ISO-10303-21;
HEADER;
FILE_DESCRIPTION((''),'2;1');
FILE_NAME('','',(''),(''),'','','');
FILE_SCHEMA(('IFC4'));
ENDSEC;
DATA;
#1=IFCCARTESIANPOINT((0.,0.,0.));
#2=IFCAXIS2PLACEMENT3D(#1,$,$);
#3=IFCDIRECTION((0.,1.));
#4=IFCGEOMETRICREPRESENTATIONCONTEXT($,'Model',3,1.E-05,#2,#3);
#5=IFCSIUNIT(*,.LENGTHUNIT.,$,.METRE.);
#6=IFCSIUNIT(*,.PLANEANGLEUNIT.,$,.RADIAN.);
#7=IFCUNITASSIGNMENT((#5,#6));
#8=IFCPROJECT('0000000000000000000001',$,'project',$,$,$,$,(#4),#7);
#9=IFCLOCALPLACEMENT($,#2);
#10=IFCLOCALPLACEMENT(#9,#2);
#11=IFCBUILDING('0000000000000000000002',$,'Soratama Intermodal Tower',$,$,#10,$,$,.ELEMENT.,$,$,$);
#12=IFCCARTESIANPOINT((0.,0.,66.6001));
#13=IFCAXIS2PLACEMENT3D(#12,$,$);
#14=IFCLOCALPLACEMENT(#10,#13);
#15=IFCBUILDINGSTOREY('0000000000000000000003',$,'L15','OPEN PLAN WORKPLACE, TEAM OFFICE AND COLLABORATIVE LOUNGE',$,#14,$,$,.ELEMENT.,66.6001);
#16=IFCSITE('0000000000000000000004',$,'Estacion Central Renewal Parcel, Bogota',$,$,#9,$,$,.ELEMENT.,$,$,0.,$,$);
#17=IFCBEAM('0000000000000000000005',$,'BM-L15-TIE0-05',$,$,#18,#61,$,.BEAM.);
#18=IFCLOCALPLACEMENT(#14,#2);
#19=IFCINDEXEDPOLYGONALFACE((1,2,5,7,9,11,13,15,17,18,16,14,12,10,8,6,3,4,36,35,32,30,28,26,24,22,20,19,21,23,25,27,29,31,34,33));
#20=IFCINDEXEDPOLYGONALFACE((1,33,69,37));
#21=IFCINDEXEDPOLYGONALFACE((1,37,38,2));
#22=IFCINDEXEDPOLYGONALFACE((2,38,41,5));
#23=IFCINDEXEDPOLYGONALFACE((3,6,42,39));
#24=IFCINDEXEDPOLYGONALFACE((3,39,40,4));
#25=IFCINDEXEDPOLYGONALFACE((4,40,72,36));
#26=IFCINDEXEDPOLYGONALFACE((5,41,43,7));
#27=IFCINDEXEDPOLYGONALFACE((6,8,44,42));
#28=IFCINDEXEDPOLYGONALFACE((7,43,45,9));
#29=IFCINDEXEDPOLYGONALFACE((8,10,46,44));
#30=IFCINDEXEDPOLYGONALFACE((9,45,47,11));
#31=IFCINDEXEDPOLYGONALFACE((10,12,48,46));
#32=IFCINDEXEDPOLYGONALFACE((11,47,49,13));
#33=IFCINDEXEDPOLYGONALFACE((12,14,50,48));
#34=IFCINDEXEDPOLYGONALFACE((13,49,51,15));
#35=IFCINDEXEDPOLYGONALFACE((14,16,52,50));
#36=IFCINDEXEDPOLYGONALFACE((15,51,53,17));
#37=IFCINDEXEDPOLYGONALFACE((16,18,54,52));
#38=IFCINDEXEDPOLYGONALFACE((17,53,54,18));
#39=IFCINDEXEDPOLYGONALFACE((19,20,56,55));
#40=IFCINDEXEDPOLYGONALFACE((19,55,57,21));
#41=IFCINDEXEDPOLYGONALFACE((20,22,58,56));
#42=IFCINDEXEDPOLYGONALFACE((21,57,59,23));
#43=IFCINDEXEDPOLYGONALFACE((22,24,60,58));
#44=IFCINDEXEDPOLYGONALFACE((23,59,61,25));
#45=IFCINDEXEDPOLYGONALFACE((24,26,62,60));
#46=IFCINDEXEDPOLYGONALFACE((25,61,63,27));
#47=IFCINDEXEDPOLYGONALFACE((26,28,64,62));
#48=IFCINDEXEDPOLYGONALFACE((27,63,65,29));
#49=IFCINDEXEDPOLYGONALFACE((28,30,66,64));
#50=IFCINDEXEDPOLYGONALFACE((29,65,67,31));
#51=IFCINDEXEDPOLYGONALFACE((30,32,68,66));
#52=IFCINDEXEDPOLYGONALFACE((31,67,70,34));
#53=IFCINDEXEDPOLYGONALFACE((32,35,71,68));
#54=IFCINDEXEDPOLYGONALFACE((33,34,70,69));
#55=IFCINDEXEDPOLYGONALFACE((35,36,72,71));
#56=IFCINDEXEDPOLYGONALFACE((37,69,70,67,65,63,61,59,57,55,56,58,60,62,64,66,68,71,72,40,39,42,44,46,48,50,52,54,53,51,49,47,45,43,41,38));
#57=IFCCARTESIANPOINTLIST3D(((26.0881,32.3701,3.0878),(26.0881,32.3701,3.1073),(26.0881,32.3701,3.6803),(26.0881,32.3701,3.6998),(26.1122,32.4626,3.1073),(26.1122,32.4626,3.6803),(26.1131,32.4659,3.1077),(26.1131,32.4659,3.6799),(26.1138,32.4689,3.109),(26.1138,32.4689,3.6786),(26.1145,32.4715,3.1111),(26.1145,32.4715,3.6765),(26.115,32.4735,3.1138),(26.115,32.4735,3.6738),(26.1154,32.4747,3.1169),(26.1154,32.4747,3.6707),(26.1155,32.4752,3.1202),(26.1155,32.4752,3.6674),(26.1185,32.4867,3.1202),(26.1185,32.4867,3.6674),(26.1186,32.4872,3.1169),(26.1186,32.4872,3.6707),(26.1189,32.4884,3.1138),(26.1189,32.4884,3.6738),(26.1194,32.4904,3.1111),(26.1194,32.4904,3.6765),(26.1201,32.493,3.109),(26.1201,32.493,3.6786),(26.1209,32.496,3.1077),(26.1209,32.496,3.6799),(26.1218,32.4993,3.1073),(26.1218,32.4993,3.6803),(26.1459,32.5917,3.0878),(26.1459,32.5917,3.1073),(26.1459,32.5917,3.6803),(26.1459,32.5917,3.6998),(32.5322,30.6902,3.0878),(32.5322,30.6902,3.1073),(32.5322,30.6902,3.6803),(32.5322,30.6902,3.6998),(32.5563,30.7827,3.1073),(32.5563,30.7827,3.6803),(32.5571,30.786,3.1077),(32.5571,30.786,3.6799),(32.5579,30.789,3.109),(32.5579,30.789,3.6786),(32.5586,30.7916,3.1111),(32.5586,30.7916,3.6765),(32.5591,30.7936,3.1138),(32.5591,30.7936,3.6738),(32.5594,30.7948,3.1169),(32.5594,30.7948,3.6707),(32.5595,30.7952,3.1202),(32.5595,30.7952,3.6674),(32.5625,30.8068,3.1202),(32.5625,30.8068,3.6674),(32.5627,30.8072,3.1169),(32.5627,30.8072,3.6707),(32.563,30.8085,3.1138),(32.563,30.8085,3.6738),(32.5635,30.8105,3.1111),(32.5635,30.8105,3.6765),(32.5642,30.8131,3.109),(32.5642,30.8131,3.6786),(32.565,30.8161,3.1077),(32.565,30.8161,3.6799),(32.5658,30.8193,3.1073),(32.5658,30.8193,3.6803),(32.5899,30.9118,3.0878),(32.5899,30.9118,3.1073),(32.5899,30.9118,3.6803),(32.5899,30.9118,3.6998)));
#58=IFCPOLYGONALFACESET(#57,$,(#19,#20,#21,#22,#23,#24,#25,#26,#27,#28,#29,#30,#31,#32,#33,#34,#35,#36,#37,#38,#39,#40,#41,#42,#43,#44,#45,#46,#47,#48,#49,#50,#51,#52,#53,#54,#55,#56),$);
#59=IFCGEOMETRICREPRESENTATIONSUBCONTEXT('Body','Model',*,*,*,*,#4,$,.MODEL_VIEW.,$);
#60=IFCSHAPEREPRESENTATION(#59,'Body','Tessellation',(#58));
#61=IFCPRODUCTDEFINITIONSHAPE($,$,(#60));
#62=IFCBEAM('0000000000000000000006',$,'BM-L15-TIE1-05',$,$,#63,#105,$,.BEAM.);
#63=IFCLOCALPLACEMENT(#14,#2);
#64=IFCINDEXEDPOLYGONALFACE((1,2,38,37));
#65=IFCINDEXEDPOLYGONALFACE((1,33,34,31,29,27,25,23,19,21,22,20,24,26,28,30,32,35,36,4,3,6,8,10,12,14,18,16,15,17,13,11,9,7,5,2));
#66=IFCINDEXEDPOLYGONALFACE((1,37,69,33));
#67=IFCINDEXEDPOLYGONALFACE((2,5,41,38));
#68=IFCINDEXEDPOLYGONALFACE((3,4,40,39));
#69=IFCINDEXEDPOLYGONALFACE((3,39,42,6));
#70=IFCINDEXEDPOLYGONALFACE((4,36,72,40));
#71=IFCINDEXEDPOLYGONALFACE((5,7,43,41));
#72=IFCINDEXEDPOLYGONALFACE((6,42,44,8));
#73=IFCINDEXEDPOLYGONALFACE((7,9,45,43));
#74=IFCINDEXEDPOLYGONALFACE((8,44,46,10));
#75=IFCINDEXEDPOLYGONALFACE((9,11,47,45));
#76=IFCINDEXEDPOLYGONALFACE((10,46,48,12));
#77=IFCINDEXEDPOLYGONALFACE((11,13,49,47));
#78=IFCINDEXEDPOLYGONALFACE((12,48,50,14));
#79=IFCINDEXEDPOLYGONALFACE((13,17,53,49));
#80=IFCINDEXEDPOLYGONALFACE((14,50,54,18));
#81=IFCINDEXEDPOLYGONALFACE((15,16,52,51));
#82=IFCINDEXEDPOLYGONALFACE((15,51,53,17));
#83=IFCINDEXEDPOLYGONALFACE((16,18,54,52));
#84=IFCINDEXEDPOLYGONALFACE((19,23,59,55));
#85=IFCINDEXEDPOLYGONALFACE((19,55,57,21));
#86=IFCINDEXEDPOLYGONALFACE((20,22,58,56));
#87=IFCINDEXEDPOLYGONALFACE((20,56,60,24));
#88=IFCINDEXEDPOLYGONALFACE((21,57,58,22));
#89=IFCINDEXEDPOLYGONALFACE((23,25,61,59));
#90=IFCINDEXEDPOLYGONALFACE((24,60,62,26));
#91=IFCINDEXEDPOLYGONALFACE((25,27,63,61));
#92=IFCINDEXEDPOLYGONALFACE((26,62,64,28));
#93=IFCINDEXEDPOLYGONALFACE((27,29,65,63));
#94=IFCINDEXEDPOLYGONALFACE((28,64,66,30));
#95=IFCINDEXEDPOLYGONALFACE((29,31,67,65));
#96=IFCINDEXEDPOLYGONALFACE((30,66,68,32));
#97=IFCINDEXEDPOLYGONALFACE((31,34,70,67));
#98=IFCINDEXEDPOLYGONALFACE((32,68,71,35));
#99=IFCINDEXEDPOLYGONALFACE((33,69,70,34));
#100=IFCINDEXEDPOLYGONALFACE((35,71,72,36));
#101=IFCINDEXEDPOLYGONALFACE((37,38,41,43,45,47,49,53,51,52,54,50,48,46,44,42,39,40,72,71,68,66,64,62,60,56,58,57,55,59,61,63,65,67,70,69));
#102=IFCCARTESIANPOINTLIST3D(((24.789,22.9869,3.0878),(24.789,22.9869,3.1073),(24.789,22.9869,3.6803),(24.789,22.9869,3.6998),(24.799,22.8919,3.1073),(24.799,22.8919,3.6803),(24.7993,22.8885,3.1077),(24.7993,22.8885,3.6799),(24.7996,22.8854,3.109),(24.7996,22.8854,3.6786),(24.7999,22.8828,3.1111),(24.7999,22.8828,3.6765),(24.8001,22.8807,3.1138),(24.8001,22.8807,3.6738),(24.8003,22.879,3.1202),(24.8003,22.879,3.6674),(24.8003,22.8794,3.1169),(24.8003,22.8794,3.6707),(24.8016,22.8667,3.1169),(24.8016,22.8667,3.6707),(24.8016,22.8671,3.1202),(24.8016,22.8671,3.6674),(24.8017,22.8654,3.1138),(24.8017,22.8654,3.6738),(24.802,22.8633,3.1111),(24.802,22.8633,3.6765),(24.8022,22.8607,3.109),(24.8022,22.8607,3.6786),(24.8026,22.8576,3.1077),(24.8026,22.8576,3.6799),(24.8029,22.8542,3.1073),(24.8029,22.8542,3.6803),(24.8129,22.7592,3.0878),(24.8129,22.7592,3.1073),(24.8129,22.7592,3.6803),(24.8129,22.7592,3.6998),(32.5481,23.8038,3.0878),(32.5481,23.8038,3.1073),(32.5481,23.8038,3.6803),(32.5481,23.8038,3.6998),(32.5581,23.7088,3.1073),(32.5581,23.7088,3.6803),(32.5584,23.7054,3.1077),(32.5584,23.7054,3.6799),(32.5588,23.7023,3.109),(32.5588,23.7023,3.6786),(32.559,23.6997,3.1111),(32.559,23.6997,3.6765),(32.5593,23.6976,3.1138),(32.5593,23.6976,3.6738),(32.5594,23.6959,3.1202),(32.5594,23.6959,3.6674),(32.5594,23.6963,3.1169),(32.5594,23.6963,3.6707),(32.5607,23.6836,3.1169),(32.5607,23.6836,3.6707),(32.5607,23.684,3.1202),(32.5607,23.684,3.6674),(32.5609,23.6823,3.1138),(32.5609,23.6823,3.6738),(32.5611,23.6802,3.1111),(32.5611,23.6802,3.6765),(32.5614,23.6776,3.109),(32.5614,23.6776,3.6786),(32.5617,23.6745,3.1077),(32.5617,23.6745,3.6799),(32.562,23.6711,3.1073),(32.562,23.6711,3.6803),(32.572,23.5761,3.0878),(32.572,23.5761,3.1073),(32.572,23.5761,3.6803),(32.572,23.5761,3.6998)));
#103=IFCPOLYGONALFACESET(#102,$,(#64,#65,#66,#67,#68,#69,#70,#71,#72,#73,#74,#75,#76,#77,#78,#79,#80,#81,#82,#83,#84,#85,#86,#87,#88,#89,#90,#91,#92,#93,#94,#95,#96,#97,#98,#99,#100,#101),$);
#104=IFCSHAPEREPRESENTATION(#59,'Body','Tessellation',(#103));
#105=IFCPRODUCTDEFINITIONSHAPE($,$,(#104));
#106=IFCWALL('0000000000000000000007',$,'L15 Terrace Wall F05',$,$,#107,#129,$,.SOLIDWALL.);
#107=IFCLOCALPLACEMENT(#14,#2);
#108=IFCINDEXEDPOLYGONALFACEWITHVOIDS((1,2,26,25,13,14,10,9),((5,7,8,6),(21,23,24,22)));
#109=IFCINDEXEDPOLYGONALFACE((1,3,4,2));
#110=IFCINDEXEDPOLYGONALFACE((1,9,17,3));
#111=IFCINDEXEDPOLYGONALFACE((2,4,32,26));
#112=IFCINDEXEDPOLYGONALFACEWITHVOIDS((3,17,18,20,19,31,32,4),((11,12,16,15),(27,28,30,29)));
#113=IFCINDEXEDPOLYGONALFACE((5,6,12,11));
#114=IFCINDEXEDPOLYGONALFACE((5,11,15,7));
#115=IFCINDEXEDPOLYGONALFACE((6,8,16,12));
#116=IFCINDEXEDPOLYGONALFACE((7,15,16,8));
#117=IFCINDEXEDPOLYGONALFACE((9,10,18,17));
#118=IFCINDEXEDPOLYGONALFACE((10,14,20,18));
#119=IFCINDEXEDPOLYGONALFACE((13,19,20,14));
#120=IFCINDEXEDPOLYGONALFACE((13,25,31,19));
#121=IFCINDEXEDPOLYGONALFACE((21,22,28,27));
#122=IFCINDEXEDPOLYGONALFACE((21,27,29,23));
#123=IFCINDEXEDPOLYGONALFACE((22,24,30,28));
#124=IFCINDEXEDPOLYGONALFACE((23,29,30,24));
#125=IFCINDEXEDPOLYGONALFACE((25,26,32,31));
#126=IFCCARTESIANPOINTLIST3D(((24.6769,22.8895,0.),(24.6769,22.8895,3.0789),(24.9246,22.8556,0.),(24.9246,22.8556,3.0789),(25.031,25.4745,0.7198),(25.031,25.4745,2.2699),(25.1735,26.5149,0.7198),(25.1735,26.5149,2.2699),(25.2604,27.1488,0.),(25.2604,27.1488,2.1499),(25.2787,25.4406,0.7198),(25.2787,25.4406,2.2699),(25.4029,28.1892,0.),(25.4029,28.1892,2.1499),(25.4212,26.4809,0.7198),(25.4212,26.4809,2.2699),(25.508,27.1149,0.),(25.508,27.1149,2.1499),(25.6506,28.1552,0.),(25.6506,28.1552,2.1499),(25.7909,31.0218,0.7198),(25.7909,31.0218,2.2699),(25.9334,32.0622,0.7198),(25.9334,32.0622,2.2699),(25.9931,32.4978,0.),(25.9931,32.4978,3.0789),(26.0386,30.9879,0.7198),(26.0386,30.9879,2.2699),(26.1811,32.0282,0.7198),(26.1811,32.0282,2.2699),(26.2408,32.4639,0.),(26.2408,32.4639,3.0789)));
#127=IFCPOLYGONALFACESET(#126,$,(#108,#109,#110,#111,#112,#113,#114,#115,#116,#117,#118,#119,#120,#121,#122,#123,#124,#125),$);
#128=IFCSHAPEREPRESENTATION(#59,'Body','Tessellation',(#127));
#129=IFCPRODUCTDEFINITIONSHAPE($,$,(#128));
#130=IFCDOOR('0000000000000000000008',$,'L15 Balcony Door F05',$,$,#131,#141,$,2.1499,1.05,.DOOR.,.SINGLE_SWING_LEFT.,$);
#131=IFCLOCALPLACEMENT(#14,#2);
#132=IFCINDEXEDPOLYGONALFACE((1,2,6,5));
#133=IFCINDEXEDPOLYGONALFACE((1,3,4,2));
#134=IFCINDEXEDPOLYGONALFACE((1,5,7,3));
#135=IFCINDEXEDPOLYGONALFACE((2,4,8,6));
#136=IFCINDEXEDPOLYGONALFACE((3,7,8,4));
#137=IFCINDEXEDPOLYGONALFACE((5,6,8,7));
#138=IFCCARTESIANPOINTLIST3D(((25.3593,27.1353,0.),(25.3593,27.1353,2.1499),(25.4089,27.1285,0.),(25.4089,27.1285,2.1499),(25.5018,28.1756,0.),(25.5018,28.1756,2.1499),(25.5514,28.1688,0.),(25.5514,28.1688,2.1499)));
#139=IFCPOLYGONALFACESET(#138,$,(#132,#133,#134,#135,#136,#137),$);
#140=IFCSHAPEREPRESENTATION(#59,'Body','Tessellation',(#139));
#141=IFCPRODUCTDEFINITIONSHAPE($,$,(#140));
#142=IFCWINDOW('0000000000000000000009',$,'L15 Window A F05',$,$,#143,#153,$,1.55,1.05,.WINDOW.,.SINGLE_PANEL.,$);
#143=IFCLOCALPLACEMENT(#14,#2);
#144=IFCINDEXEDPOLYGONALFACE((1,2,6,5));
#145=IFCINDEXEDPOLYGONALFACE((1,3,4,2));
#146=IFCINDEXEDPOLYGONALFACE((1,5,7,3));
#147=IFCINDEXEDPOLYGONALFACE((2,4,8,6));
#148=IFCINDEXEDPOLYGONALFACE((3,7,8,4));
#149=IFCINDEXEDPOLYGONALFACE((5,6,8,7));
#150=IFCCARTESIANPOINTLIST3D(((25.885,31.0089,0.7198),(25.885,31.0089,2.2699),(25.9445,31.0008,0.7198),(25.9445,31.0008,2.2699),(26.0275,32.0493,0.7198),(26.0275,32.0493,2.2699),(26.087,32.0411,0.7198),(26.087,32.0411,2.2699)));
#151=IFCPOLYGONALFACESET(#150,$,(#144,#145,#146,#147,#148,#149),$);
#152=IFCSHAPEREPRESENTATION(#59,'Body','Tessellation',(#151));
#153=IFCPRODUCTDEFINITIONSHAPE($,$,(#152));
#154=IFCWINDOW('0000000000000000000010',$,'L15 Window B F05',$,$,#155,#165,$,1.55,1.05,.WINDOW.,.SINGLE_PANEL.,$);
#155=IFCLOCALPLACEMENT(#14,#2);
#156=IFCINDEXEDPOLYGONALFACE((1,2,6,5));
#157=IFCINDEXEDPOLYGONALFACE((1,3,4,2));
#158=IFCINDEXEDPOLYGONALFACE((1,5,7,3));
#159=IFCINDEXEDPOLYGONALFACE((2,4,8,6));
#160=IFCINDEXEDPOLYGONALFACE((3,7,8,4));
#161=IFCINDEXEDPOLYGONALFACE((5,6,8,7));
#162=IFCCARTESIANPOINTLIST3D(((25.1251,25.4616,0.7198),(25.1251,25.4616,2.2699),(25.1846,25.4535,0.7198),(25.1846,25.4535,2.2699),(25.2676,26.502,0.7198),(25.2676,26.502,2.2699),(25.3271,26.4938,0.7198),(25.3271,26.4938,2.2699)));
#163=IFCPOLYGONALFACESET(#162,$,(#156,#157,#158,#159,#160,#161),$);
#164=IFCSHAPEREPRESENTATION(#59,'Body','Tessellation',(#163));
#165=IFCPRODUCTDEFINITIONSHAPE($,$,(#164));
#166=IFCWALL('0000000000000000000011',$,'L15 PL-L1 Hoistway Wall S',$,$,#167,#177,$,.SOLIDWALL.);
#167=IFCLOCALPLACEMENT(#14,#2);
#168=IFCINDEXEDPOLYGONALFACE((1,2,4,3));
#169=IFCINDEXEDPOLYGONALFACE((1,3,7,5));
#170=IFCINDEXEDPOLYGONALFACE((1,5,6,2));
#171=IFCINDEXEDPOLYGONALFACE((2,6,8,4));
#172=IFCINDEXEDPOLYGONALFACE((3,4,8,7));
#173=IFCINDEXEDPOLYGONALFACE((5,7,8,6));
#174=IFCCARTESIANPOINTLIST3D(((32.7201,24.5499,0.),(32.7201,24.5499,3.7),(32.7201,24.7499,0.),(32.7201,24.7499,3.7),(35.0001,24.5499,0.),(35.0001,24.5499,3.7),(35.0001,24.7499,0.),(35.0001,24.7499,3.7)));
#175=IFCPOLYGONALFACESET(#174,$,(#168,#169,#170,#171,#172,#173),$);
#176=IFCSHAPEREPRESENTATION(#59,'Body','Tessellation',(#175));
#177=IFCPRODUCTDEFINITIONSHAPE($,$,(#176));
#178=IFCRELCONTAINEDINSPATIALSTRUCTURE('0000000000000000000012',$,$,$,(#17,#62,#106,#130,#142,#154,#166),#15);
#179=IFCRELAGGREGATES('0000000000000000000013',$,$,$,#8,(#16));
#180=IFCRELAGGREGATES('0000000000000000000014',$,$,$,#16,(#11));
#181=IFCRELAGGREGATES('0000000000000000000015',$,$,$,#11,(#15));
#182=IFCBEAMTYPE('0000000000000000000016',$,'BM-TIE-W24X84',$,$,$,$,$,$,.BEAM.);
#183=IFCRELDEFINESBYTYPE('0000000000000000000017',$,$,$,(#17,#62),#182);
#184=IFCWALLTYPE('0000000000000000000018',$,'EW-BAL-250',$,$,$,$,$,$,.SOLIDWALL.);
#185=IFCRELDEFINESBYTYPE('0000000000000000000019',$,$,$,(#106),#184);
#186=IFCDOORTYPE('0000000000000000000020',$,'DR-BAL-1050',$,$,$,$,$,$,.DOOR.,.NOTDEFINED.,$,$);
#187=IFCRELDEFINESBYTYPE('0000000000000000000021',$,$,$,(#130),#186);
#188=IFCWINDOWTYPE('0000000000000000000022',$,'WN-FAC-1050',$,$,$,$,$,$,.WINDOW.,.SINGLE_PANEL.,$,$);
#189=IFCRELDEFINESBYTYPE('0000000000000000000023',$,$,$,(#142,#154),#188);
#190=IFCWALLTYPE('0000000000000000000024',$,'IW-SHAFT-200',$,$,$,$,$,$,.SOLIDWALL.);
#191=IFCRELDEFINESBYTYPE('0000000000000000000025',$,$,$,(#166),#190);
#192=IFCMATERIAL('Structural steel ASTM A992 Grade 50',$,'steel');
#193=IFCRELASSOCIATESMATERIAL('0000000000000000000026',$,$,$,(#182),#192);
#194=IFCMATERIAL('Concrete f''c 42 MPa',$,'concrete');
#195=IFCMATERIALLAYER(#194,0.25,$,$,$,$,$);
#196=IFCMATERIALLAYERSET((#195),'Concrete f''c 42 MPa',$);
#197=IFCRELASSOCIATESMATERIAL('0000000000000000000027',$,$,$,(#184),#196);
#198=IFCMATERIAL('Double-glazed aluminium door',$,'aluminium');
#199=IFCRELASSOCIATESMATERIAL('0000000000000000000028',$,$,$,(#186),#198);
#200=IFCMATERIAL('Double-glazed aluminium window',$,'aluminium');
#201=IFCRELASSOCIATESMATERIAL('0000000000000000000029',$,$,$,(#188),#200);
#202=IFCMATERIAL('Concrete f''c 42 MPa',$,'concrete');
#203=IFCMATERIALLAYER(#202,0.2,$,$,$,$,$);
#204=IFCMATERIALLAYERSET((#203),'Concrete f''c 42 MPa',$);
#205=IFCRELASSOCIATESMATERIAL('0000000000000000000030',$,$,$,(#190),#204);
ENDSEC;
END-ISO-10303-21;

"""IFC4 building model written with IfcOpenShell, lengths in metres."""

from ifc_helpers import new_model, si_unit, direction, frame, frame_2d, origin, origin_2d, place, context, subcontext, project, spatial, rectangle, i_section, extrude, material, layer, layer_set, material_profile, profile_set, type_object, element, fill, save


model = new_model("IFC4")

# Units and contexts
model_context = context("Model", 3, precision=1e-05, world=origin(), true_north=direction((0.0, 1.0)))
body_context = subcontext(model_context, "Body", "Model", "MODEL_VIEW")
ifc_project = project(units=[si_unit("LENGTHUNIT", "METRE"), si_unit("PLANEANGLEUNIT", "RADIAN")], contexts=[model_context])

# Site, building, storey
site_placement = place(None, origin())
site = spatial("IfcSite", under=ifc_project, at=site_placement, Name="Estacion Central Renewal Parcel, Bogota", CompositionType="ELEMENT", RefElevation=0.0)
building_placement = place(site_placement, origin())
building = spatial("IfcBuilding", under=site, at=building_placement, Name="Soratama Intermodal Tower", CompositionType="ELEMENT")
storey_placement = place(building_placement, frame((0.0, 0.0, 66.6001)))
storey = spatial("IfcBuildingStorey", under=building, at=storey_placement, Name="L15", Description="OPEN PLAN WORKPLACE, TEAM OFFICE AND COLLABORATIVE LOUNGE", CompositionType="ELEMENT", Elevation=66.6001)

# Beams
ifc_material_1 = material(Name="Structural steel ASTM A992 Grade 50", Category="steel")
ifc_material_profile_1 = material_profile(ifc_material_1, i_section(OverallWidth=0.229, OverallDepth=0.6121, WebThickness=0.012, FlangeThickness=0.0195, FilletRadius=0.0129, at=origin_2d()), Name="W24X84")
ifc_profile_set_1 = profile_set([ifc_material_profile_1], Name="Structural steel ASTM A992 Grade 50")
beam_type_1 = type_object("IfcBeamType", Name="BM-TIE-W24X84", PredefinedType="BEAM", material=ifc_profile_set_1)
beam_1_placement = place(storey_placement, frame((32.561, 30.801, 3.3938), z_axis=(-0.967659, 0.252262, 0.0), x_axis=(-0.252262, -0.967659, 0.0)))
element("IfcBeam", 1, at=beam_1_placement, inside=storey, type_object=beam_type_1, Name="BM-L15-TIE0-05", PredefinedType="BEAM", context=body_context, shape_type="SweptSolid", body=[
    extrude(i_section(OverallWidth=0.229, OverallDepth=0.6121, WebThickness=0.012, FlangeThickness=0.0195, FilletRadius=0.0129, at=origin_2d()), origin(), (0.0, 0.0, 1.0), 6.6594),
])
beam_2_placement = place(storey_placement, frame((32.5601, 23.6899, 3.3938), z_axis=(-0.994503, -0.104704, 0.0), x_axis=(0.104704, -0.994503, 0.0)))
element("IfcBeam", 2, at=beam_2_placement, inside=storey, type_object=beam_type_1, Name="BM-L15-TIE1-05", PredefinedType="BEAM", context=body_context, shape_type="SweptSolid", body=[
    extrude(i_section(OverallWidth=0.229, OverallDepth=0.6121, WebThickness=0.012, FlangeThickness=0.0195, FilletRadius=0.0129, at=origin_2d()), origin(), (0.0, 0.0, 1.0), 7.802),
])

# Wall, openings, door, windows
ifc_material_2 = material(Name="Concrete f'c 42 MPa", Category="concrete")
ifc_layer_1 = layer(ifc_material_2, 0.25)
ifc_layer_set_1 = layer_set([ifc_layer_1], Name="Concrete f'c 42 MPa")
wall_type_1 = type_object("IfcWallType", Name="EW-BAL-250", PredefinedType="SOLIDWALL", material=ifc_layer_set_1)
wall_1_placement = place(storey_placement, frame((26.1169, 32.481, 0.0), z_axis=(0.0, 0.0, 1.0), x_axis=(-0.135716, -0.990748, 0.0)))
wall_1 = element("IfcWall", 3, at=wall_1_placement, inside=storey, type_object=wall_type_1, Name="L15 Terrace Wall F05", PredefinedType="SOLIDWALL", context=body_context, shape_type="SweptSolid", body=[
    extrude(rectangle(XDim=9.698, YDim=0.25, at=frame_2d((4.8491, 0.0))), origin(), (0.0, 0.0, 1.0), 3.0789),
])
opening_1_placement = place(wall_1_placement, frame((4.3491, 0.0, 0.0)))
opening_1 = element("IfcOpeningElement", 4, at=opening_1_placement, cuts=wall_1, PredefinedType="OPENING", context=body_context, shape_type="SweptSolid", body=[
    extrude(rectangle(XDim=1.05, YDim=2.1499, at=frame_2d((0.5249, 1.075))), frame((0.0, 0.135, 0.0), z_axis=(0.0, -1.0, 0.0), x_axis=(1.0, 0.0, 0.0)), (0.0, 0.0, 1.0), 0.27),
])
opening_2_placement = place(wall_1_placement, frame((0.4399, 0.0, 0.72)))
opening_2 = element("IfcOpeningElement", 5, at=opening_2_placement, cuts=wall_1, PredefinedType="OPENING", context=body_context, shape_type="SweptSolid", body=[
    extrude(rectangle(XDim=1.05, YDim=1.55, at=frame_2d((0.5249, 0.7749))), frame((0.0, 0.135, 0.0), z_axis=(0.0, -1.0, 0.0), x_axis=(1.0, 0.0, 0.0)), (0.0, 0.0, 1.0), 0.27),
])
opening_3_placement = place(wall_1_placement, frame((6.0391, 0.0, 0.72)))
opening_3 = element("IfcOpeningElement", 6, at=opening_3_placement, cuts=wall_1, PredefinedType="OPENING", context=body_context, shape_type="SweptSolid", body=[
    extrude(rectangle(XDim=1.05, YDim=1.55, at=frame_2d((0.5249, 0.7749))), frame((0.0, 0.135, 0.0), z_axis=(0.0, -1.0, 0.0), x_axis=(1.0, 0.0, 0.0)), (0.0, 0.0, 1.0), 0.27),
])
ifc_material_3 = material(Name="Double-glazed aluminium door", Category="aluminium")
door_type_1 = type_object("IfcDoorType", Name="DR-BAL-1050", OperationType="NOTDEFINED", PredefinedType="DOOR", material=ifc_material_3)
door_1_placement = place(opening_1_placement, origin())
door_1 = element("IfcDoor", 7, at=door_1_placement, inside=storey, type_object=door_type_1, Name="L15 Balcony Door F05", OperationType="SINGLE_SWING_LEFT", OverallHeight=2.1499, OverallWidth=1.05, PredefinedType="DOOR", context=body_context, shape_type="SweptSolid", body=[
    extrude(rectangle(XDim=1.05, YDim=2.1499, at=frame_2d((0.5249, 1.075))), frame((0.0, 0.0249, 0.0), z_axis=(0.0, -1.0, 0.0), x_axis=(1.0, 0.0, 0.0)), (0.0, 0.0, 1.0), 0.05),
])
fill(opening_1, door_1)
ifc_material_4 = material(Name="Double-glazed aluminium window", Category="aluminium")
window_type = type_object("IfcWindowType", Name="WN-FAC-1050", PartitioningType="SINGLE_PANEL", PredefinedType="WINDOW", material=ifc_material_4)
window_1_placement = place(opening_2_placement, origin())
window_1 = element("IfcWindow", 8, at=window_1_placement, inside=storey, type_object=window_type, Name="L15 Window A F05", OverallHeight=1.55, OverallWidth=1.05, PartitioningType="SINGLE_PANEL", PredefinedType="WINDOW", context=body_context, shape_type="SweptSolid", body=[
    extrude(rectangle(XDim=1.05, YDim=1.55, at=frame_2d((0.5249, 0.7749))), frame((0.0, 0.03, 0.0), z_axis=(0.0, -1.0, 0.0), x_axis=(1.0, 0.0, 0.0)), (0.0, 0.0, 1.0), 0.0601),
])
fill(opening_2, window_1)
window_2_placement = place(opening_3_placement, origin())
window_2 = element("IfcWindow", 9, at=window_2_placement, inside=storey, type_object=window_type, Name="L15 Window B F05", OverallHeight=1.55, OverallWidth=1.05, PartitioningType="SINGLE_PANEL", PredefinedType="WINDOW", context=body_context, shape_type="SweptSolid", body=[
    extrude(rectangle(XDim=1.05, YDim=1.55, at=frame_2d((0.5249, 0.7749))), frame((0.0, 0.03, 0.0), z_axis=(0.0, -1.0, 0.0), x_axis=(1.0, 0.0, 0.0)), (0.0, 0.0, 1.0), 0.0601),
])
fill(opening_3, window_2)

# Wall
ifc_material_5 = material(Name="Concrete f'c 42 MPa", Category="concrete")
ifc_layer_2 = layer(ifc_material_5, 0.2)
ifc_layer_set_2 = layer_set([ifc_layer_2], Name="Concrete f'c 42 MPa")
wall_type_2 = type_object("IfcWallType", Name="IW-SHAFT-200", PredefinedType="SOLIDWALL", material=ifc_layer_set_2)
wall_2_placement = place(storey_placement, frame((32.72, 24.6499, 0.0), z_axis=(0.0, 0.0, 1.0), x_axis=(1.0, 0.0, 0.0)))
element("IfcWall", 10, at=wall_2_placement, inside=storey, type_object=wall_type_2, Name="L15 PL-L1 Hoistway Wall S", PredefinedType="SOLIDWALL", context=body_context, shape_type="SweptSolid", body=[
    extrude(rectangle(XDim=2.28, YDim=0.2, at=frame_2d((1.1401, 0.0))), origin(), (0.0, 0.0, 1.0), 3.7),
])

save(model, "model.ifc")
